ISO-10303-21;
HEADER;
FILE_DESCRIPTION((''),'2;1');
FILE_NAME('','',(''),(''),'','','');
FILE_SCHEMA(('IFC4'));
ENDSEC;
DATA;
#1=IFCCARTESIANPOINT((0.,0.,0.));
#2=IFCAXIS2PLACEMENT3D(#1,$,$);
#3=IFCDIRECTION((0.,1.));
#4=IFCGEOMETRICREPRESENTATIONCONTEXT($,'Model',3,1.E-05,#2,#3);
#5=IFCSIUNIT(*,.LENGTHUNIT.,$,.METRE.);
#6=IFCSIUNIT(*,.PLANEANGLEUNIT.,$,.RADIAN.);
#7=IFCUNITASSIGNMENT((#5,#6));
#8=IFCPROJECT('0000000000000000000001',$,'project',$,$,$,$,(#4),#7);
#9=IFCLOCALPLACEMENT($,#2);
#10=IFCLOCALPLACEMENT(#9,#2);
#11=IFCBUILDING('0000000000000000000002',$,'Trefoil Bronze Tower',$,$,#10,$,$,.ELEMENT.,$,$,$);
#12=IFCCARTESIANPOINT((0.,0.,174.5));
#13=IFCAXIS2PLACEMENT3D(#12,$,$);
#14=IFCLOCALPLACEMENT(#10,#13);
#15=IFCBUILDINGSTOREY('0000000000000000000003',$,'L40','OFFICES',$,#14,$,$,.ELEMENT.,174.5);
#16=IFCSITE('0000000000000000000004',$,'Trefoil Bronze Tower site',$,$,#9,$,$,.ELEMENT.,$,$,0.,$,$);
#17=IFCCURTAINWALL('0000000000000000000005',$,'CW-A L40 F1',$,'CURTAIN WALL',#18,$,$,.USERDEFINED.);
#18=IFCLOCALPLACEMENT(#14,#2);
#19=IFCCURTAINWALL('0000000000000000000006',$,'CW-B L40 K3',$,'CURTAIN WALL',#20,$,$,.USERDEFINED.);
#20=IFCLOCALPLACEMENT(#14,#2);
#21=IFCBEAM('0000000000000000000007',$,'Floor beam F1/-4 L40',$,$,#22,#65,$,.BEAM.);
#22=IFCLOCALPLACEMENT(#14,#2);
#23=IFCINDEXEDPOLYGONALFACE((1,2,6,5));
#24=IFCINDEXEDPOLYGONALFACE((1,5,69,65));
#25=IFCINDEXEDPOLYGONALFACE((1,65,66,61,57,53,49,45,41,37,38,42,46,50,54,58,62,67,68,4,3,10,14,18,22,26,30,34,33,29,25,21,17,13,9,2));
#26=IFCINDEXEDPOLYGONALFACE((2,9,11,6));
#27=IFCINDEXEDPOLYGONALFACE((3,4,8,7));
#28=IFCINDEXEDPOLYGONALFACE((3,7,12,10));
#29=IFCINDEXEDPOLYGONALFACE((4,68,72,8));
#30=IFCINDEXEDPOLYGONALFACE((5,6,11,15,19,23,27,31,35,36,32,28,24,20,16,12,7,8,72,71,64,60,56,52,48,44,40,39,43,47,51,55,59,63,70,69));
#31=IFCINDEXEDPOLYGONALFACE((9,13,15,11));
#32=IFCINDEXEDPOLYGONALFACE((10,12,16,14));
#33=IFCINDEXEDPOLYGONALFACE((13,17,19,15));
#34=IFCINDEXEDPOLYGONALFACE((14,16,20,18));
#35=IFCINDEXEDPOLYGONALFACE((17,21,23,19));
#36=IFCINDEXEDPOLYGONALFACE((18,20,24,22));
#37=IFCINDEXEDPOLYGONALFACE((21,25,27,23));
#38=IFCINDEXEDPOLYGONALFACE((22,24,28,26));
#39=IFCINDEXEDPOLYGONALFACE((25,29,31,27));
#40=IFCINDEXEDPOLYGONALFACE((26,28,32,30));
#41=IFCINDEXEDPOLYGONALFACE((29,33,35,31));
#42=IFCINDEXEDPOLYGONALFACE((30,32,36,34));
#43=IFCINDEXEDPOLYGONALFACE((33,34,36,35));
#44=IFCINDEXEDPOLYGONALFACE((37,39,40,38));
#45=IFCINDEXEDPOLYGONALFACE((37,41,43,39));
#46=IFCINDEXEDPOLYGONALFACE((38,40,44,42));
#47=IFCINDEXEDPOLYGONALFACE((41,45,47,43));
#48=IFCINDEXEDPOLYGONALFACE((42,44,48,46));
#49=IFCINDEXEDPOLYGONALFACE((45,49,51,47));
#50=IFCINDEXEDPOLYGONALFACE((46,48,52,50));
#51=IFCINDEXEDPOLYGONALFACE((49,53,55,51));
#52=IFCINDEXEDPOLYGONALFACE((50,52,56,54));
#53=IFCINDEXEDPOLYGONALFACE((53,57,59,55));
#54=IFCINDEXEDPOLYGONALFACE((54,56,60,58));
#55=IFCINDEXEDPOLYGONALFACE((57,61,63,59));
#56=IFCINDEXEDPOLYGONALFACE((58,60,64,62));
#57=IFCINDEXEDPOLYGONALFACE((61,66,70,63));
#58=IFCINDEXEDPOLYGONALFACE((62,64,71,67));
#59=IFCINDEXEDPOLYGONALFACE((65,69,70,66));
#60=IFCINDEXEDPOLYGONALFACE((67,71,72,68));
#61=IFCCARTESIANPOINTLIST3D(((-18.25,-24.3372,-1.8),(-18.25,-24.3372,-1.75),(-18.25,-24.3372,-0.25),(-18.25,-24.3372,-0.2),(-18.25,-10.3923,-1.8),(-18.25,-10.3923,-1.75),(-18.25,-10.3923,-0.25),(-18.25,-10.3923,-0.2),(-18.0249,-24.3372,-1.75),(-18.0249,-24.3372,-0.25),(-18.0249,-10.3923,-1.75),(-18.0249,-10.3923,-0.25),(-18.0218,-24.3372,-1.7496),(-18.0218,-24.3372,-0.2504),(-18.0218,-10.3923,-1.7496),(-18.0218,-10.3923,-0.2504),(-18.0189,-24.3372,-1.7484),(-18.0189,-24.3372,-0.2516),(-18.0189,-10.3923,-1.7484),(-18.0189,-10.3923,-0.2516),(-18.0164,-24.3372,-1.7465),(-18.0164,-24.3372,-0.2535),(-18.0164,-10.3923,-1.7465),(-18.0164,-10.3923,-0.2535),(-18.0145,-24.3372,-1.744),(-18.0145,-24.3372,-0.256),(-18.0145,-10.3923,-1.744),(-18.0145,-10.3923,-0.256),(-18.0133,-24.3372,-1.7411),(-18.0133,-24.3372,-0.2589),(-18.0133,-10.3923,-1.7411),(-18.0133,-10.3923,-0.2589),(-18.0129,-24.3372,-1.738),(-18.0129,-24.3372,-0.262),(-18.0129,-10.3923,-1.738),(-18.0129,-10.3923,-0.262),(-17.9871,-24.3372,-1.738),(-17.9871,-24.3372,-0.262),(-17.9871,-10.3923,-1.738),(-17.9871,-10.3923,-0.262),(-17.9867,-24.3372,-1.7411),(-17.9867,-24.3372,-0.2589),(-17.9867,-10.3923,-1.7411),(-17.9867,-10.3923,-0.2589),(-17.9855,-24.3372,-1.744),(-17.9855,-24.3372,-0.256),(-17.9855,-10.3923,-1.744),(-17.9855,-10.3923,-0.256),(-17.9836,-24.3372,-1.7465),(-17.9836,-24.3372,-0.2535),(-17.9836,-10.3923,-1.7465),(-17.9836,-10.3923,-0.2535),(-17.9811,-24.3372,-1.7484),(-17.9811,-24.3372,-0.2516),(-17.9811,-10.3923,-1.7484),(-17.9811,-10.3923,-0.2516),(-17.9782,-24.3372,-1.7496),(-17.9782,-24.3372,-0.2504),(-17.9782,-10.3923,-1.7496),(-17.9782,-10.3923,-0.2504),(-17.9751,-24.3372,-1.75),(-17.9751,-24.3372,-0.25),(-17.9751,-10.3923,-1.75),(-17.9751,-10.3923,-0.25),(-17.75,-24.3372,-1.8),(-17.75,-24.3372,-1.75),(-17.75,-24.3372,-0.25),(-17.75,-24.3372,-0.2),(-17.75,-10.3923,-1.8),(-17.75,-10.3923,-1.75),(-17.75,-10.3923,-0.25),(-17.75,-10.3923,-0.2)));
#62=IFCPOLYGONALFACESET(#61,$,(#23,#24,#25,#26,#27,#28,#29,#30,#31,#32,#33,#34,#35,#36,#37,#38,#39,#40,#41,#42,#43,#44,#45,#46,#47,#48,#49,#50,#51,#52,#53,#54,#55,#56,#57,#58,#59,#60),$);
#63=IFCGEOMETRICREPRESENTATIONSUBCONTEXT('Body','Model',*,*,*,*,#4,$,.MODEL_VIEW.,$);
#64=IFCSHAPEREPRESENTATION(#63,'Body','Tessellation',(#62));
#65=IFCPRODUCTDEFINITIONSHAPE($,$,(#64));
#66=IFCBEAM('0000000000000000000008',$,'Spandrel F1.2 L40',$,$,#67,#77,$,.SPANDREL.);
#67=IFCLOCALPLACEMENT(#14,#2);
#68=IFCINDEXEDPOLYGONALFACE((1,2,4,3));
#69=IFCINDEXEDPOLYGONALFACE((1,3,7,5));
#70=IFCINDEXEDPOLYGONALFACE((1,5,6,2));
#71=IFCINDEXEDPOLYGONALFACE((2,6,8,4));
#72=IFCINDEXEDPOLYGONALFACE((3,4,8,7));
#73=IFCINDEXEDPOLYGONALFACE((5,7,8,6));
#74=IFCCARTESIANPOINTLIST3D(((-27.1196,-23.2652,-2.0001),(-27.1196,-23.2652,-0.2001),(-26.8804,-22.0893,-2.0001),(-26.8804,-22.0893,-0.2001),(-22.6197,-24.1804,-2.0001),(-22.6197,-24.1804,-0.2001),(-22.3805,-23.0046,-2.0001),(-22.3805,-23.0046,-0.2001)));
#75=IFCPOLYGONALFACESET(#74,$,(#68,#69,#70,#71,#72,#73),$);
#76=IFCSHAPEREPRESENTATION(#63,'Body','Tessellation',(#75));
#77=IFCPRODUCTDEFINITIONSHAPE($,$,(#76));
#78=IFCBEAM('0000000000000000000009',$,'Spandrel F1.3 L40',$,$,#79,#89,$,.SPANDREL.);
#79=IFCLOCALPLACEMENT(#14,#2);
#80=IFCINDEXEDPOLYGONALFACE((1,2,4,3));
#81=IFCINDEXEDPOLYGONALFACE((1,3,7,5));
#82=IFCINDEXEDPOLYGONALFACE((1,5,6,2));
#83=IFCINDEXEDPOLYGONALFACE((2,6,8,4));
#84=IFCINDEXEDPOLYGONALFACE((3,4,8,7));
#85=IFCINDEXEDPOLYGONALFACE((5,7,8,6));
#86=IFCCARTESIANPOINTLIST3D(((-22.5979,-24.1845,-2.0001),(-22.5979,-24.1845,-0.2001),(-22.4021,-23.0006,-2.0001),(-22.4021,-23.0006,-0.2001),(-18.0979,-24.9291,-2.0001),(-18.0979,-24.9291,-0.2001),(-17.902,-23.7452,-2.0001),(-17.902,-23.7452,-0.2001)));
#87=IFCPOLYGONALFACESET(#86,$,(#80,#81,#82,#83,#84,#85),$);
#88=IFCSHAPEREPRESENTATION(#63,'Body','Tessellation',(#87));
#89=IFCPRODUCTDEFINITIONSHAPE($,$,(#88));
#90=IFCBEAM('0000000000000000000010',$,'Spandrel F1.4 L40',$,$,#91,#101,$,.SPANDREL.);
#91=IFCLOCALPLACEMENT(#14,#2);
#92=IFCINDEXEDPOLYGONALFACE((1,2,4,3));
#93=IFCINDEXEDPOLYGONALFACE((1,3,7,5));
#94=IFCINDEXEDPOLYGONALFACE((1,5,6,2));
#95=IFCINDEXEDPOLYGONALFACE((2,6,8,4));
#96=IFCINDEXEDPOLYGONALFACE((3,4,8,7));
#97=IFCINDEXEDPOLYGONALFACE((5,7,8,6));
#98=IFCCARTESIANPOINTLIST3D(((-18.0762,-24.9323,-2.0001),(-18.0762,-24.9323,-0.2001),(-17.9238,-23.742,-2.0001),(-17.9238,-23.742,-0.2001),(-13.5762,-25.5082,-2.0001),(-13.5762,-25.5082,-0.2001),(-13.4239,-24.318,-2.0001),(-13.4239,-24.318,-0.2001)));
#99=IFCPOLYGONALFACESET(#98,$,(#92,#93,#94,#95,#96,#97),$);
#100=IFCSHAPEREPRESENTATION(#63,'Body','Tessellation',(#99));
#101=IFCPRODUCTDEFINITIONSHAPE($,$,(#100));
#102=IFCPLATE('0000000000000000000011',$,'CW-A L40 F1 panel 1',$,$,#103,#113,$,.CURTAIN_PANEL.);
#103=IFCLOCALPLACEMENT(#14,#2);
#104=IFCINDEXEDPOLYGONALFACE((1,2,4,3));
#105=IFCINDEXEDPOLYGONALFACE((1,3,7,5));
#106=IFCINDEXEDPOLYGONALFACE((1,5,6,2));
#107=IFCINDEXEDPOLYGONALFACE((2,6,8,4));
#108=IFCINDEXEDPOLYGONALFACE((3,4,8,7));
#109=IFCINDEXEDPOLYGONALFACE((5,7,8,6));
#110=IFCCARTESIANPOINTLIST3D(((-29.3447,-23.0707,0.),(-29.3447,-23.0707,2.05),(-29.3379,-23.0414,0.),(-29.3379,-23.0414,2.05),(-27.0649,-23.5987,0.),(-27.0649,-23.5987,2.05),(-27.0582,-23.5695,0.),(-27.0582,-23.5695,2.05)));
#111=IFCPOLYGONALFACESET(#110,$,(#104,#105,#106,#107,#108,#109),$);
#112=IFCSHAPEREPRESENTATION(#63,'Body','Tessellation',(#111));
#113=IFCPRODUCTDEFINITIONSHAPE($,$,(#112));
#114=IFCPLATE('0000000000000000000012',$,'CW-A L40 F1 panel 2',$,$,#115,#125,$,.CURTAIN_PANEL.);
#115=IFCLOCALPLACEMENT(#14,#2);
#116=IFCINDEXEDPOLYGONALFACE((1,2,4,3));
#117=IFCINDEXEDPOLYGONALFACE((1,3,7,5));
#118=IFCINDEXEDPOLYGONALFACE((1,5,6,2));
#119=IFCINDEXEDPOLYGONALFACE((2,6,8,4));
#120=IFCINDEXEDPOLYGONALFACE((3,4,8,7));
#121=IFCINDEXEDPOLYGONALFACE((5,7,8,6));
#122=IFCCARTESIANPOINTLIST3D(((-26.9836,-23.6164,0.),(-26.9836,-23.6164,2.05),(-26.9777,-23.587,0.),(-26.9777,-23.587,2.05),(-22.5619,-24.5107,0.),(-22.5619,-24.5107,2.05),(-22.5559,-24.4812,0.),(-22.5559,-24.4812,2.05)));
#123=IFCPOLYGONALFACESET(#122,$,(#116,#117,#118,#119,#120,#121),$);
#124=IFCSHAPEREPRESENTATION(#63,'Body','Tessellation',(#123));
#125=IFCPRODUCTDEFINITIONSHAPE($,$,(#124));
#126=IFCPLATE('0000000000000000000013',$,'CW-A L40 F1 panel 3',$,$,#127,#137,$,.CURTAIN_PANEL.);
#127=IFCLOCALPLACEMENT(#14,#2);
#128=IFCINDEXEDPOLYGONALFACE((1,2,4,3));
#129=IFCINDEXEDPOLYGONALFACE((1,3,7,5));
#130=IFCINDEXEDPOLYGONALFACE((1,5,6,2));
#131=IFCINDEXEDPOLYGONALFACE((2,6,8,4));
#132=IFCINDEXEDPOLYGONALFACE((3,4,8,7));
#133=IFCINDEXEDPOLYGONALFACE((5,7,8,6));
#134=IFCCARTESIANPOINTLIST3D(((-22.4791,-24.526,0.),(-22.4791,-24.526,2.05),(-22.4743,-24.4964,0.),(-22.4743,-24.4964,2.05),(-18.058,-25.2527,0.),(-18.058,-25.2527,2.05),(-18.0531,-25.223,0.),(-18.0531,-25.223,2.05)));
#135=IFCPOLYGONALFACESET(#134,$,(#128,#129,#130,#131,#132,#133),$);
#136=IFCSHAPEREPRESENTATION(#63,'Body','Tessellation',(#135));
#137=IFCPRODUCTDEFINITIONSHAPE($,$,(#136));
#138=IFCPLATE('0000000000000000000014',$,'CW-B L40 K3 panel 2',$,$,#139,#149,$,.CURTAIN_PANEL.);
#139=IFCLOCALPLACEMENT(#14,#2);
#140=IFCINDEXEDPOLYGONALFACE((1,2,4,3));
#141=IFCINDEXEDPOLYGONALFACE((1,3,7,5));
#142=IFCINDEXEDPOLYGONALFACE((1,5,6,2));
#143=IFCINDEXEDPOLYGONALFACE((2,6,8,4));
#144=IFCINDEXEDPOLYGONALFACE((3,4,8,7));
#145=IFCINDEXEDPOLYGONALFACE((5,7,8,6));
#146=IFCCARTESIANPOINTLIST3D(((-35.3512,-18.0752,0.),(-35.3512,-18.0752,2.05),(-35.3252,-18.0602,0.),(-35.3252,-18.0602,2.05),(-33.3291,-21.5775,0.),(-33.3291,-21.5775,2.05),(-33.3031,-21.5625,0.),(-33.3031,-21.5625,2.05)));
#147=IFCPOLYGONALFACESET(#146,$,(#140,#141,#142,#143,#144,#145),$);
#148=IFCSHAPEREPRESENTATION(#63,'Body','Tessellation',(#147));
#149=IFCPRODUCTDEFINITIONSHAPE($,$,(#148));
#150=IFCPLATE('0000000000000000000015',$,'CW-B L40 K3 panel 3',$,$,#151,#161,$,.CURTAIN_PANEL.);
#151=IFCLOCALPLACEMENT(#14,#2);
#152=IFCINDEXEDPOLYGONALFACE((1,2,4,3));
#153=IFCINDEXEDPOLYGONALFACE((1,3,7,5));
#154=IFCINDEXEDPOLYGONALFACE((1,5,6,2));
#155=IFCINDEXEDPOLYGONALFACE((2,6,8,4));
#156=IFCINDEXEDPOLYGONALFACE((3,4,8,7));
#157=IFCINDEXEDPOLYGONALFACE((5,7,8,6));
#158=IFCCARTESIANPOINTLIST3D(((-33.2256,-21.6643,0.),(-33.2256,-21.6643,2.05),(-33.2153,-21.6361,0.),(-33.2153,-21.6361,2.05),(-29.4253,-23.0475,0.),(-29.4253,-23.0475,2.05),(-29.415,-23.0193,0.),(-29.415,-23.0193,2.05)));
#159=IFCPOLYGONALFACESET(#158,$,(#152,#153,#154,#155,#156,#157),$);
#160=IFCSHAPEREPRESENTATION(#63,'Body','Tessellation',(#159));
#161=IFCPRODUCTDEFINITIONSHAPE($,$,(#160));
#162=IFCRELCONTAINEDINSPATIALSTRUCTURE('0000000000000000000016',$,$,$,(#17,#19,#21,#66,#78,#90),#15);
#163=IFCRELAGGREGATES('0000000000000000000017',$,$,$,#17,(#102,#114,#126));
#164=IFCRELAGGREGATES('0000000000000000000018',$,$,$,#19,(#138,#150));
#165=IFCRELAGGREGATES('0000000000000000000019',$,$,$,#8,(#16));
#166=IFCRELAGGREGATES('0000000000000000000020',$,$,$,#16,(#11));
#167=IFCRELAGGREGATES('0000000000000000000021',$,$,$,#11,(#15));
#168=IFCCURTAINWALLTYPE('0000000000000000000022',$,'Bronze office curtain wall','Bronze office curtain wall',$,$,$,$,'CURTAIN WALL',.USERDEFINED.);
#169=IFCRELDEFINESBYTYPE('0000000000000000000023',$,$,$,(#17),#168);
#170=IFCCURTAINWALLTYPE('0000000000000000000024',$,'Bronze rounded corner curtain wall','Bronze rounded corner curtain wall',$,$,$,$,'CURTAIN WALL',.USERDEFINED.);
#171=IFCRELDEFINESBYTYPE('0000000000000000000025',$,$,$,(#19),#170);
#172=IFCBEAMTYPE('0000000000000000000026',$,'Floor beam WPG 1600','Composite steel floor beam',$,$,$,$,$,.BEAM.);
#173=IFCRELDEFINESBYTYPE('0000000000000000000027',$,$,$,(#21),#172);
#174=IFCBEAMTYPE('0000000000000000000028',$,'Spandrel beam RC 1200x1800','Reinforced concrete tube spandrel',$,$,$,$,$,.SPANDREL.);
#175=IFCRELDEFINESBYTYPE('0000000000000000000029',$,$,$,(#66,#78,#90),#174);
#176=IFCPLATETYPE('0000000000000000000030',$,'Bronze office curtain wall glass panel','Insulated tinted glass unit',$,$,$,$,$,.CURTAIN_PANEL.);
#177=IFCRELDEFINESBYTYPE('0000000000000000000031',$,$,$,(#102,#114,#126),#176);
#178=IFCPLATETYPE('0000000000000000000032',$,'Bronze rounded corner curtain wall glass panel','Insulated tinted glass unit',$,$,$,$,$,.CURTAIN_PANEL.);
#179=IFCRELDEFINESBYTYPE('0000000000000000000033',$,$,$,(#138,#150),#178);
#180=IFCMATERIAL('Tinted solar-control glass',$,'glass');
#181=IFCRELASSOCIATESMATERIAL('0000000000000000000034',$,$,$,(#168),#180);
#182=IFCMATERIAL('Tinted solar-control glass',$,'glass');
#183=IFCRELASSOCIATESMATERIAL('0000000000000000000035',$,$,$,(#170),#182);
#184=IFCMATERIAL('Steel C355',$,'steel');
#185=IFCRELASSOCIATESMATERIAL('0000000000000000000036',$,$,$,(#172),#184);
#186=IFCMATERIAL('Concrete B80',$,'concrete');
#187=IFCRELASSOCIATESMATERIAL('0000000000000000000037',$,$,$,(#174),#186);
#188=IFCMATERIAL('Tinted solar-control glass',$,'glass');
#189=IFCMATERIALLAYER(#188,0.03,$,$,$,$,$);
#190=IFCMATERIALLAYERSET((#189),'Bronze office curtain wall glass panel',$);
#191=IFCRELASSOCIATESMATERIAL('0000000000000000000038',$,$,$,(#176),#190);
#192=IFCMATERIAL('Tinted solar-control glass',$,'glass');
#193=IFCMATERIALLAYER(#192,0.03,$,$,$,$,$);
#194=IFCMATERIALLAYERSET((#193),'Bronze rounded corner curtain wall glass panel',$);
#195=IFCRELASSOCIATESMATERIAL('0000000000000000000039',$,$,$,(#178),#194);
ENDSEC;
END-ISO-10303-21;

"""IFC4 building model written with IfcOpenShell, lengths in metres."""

from ifc_helpers import new_model, si_unit, direction, frame, origin, origin_2d, place, context, subcontext, project, spatial, rectangle, i_section, extrude, material, layer, layer_set, material_profile, profile_set, type_object, element, aggregate, save


model = new_model("IFC4")

# Units and contexts
model_context = context("Model", 3, precision=1e-05, world=origin(), true_north=direction((0.0, 1.0)))
body_context = subcontext(model_context, "Body", "Model", "MODEL_VIEW")
ifc_project = project(units=[si_unit("LENGTHUNIT", "METRE"), si_unit("PLANEANGLEUNIT", "RADIAN")], contexts=[model_context])

# Site, building, storey
site_placement = place(None, origin())
site = spatial("IfcSite", under=ifc_project, at=site_placement, Name="Trefoil Bronze Tower site", CompositionType="ELEMENT", RefElevation=0.0)
building_placement = place(site_placement, origin())
building = spatial("IfcBuilding", under=site, at=building_placement, Name="Trefoil Bronze Tower", CompositionType="ELEMENT")
storey_placement = place(building_placement, frame((0.0, 0.0, 174.5)))
storey = spatial("IfcBuildingStorey", under=building, at=storey_placement, Name="L40", Description="OFFICES", CompositionType="ELEMENT", Elevation=174.5)

# Curtain walls
ifc_material_1 = material(Name="Tinted solar-control glass", Category="glass")
curtain_wall_type_1 = type_object("IfcCurtainWallType", Name="Bronze office curtain wall", Description="Bronze office curtain wall", ElementType="CURTAIN WALL", PredefinedType="USERDEFINED", material=ifc_material_1)
curtain_wall_1_placement = place(storey_placement, origin())
curtain_wall_1 = element("IfcCurtainWall", 1, at=curtain_wall_1_placement, inside=storey, type_object=curtain_wall_type_1, Name="CW-A L40 F1", ObjectType="CURTAIN WALL", PredefinedType="USERDEFINED")
ifc_material_2 = material(Name="Tinted solar-control glass", Category="glass")
curtain_wall_type_2 = type_object("IfcCurtainWallType", Name="Bronze rounded corner curtain wall", Description="Bronze rounded corner curtain wall", ElementType="CURTAIN WALL", PredefinedType="USERDEFINED", material=ifc_material_2)
curtain_wall_2_placement = place(storey_placement, origin())
curtain_wall_2 = element("IfcCurtainWall", 2, at=curtain_wall_2_placement, inside=storey, type_object=curtain_wall_type_2, Name="CW-B L40 K3", ObjectType="CURTAIN WALL", PredefinedType="USERDEFINED")

# Beams
ifc_material_3 = material(Name="Steel C355", Category="steel")
ifc_material_profile_1 = material_profile(ifc_material_3, i_section(OverallWidth=0.5, OverallDepth=1.6001, WebThickness=0.0259, FlangeThickness=0.05, FilletRadius=0.012, at=origin_2d()), Name="WPG 1600")
ifc_profile_set_1 = profile_set([ifc_material_profile_1], Name="Steel C355")
beam_type_1 = type_object("IfcBeamType", Name="Floor beam WPG 1600", Description="Composite steel floor beam", PredefinedType="BEAM", material=ifc_profile_set_1)
beam_1_placement = place(storey_placement, frame((-18.0, -24.3372, -1.0), z_axis=(0.0, 1.0, 0.0), x_axis=(-1.0, 0.0, 0.0)))
element("IfcBeam", 3, at=beam_1_placement, inside=storey, type_object=beam_type_1, Name="Floor beam F1/-4 L40", PredefinedType="BEAM", context=body_context, shape_type="SweptSolid", body=[
    extrude(i_section(OverallWidth=0.5, OverallDepth=1.6001, WebThickness=0.0259, FlangeThickness=0.05, FilletRadius=0.012, at=origin_2d()), origin(), (0.0, 0.0, 1.0), 13.9448),
])
ifc_material_4 = material(Name="Concrete B80", Category="concrete")
ifc_material_profile_2 = material_profile(ifc_material_4, rectangle(XDim=1.2, YDim=1.8, at=origin_2d()), Name="RC 1200x1800")
ifc_profile_set_2 = profile_set([ifc_material_profile_2], Name="Concrete B80")
beam_type_2 = type_object("IfcBeamType", Name="Spandrel beam RC 1200x1800", Description="Reinforced concrete tube spandrel", PredefinedType="SPANDREL", material=ifc_profile_set_2)
beam_2_placement = place(storey_placement, frame((-27.0, -22.6772, -1.1001), z_axis=(0.979935, -0.199315, 0.0), x_axis=(0.199315, 0.979935, 0.0)))
element("IfcBeam", 4, at=beam_2_placement, inside=storey, type_object=beam_type_2, Name="Spandrel F1.2 L40", PredefinedType="SPANDREL", context=body_context, shape_type="SweptSolid", body=[
    extrude(rectangle(XDim=1.2, YDim=1.8, at=origin_2d()), origin(), (0.0, 0.0, 1.0), 4.592),
])
beam_3_placement = place(storey_placement, frame((-22.5, -23.5925, -1.1001), z_axis=(0.986584, -0.163253, 0.0), x_axis=(0.163253, 0.986584, 0.0)))
element("IfcBeam", 5, at=beam_3_placement, inside=storey, type_object=beam_type_2, Name="Spandrel F1.3 L40", PredefinedType="SPANDREL", context=body_context, shape_type="SweptSolid", body=[
    extrude(rectangle(XDim=1.2, YDim=1.8, at=origin_2d()), origin(), (0.0, 0.0, 1.0), 4.5613),
])
beam_4_placement = place(storey_placement, frame((-18.0, -24.3372, -1.1001), z_axis=(0.991909, -0.126948, 0.0), x_axis=(0.126948, 0.991909, 0.0)))
element("IfcBeam", 6, at=beam_4_placement, inside=storey, type_object=beam_type_2, Name="Spandrel F1.4 L40", PredefinedType="SPANDREL", context=body_context, shape_type="SweptSolid", body=[
    extrude(rectangle(XDim=1.2, YDim=1.8, at=origin_2d()), origin(), (0.0, 0.0, 1.0), 4.5366),
])

# Plates
ifc_material_5 = material(Name="Tinted solar-control glass", Category="glass")
ifc_layer_1 = layer(ifc_material_5, 0.03)
ifc_layer_set_1 = layer_set([ifc_layer_1], Name="Bronze office curtain wall glass panel")
plate_type_1 = type_object("IfcPlateType", Name="Bronze office curtain wall glass panel", Description="Insulated tinted glass unit", PredefinedType="CURTAIN_PANEL", material=ifc_layer_set_1)
plate_1_placement = place(storey_placement, frame((-28.2014, -23.3201, 0.0), z_axis=(0.0, 0.0, 1.0), x_axis=(0.974204, -0.225667, 0.0)))
plate_1 = element("IfcPlate", 7, at=plate_1_placement, type_object=plate_type_1, Name="CW-A L40 F1 panel 1", PredefinedType="CURTAIN_PANEL", context=body_context, shape_type="SweptSolid", body=[
    extrude(rectangle(XDim=2.3401, YDim=0.03, at=origin_2d()), origin(), (0.0, 0.0, 1.0), 2.05),
])
plate_2_placement = place(storey_placement, frame((-24.7698, -24.0488, 0.0), z_axis=(0.0, 0.0, 1.0), x_axis=(0.980155, -0.198232, 0.0)))
plate_2 = element("IfcPlate", 8, at=plate_2_placement, type_object=plate_type_1, Name="CW-A L40 F1 panel 2", PredefinedType="CURTAIN_PANEL", context=body_context, shape_type="SweptSolid", body=[
    extrude(rectangle(XDim=4.5112, YDim=0.03, at=origin_2d()), origin(), (0.0, 0.0, 1.0), 2.05),
])
plate_3_placement = place(storey_placement, frame((-20.2661, -24.8745, 0.0), z_axis=(0.0, 0.0, 1.0), x_axis=(0.98676, -0.162189, 0.0)))
plate_3 = element("IfcPlate", 9, at=plate_3_placement, type_object=plate_type_1, Name="CW-A L40 F1 panel 3", PredefinedType="CURTAIN_PANEL", context=body_context, shape_type="SweptSolid", body=[
    extrude(rectangle(XDim=4.4805, YDim=0.03, at=origin_2d()), origin(), (0.0, 0.0, 1.0), 2.05),
])
aggregate(curtain_wall_1, [plate_1, plate_2, plate_3])
ifc_material_6 = material(Name="Tinted solar-control glass", Category="glass")
ifc_layer_2 = layer(ifc_material_6, 0.03)
ifc_layer_set_2 = layer_set([ifc_layer_2], Name="Bronze rounded corner curtain wall glass panel")
plate_type_2 = type_object("IfcPlateType", Name="Bronze rounded corner curtain wall glass panel", Description="Insulated tinted glass unit", PredefinedType="CURTAIN_PANEL", material=ifc_layer_set_2)
plate_4_placement = place(storey_placement, frame((-34.3271, -19.8188, 0.0), z_axis=(0.0, 0.0, 1.0), x_axis=(0.5, -0.866025, 0.0)))
plate_4 = element("IfcPlate", 10, at=plate_4_placement, type_object=plate_type_2, Name="CW-B L40 K3 panel 2", PredefinedType="CURTAIN_PANEL", context=body_context, shape_type="SweptSolid", body=[
    extrude(rectangle(XDim=4.0442, YDim=0.03, at=origin_2d()), origin(), (0.0, 0.0, 1.0), 2.05),
])
plate_5_placement = place(storey_placement, frame((-31.3203, -22.3418, 0.0), z_axis=(0.0, 0.0, 1.0), x_axis=(0.939693, -0.34202, 0.0)))
plate_5 = element("IfcPlate", 11, at=plate_5_placement, type_object=plate_type_2, Name="CW-B L40 K3 panel 3", PredefinedType="CURTAIN_PANEL", context=body_context, shape_type="SweptSolid", body=[
    extrude(rectangle(XDim=4.0442, YDim=0.03, at=origin_2d()), origin(), (0.0, 0.0, 1.0), 2.05),
])
aggregate(curtain_wall_2, [plate_4, plate_5])

save(model, "model.ifc")
